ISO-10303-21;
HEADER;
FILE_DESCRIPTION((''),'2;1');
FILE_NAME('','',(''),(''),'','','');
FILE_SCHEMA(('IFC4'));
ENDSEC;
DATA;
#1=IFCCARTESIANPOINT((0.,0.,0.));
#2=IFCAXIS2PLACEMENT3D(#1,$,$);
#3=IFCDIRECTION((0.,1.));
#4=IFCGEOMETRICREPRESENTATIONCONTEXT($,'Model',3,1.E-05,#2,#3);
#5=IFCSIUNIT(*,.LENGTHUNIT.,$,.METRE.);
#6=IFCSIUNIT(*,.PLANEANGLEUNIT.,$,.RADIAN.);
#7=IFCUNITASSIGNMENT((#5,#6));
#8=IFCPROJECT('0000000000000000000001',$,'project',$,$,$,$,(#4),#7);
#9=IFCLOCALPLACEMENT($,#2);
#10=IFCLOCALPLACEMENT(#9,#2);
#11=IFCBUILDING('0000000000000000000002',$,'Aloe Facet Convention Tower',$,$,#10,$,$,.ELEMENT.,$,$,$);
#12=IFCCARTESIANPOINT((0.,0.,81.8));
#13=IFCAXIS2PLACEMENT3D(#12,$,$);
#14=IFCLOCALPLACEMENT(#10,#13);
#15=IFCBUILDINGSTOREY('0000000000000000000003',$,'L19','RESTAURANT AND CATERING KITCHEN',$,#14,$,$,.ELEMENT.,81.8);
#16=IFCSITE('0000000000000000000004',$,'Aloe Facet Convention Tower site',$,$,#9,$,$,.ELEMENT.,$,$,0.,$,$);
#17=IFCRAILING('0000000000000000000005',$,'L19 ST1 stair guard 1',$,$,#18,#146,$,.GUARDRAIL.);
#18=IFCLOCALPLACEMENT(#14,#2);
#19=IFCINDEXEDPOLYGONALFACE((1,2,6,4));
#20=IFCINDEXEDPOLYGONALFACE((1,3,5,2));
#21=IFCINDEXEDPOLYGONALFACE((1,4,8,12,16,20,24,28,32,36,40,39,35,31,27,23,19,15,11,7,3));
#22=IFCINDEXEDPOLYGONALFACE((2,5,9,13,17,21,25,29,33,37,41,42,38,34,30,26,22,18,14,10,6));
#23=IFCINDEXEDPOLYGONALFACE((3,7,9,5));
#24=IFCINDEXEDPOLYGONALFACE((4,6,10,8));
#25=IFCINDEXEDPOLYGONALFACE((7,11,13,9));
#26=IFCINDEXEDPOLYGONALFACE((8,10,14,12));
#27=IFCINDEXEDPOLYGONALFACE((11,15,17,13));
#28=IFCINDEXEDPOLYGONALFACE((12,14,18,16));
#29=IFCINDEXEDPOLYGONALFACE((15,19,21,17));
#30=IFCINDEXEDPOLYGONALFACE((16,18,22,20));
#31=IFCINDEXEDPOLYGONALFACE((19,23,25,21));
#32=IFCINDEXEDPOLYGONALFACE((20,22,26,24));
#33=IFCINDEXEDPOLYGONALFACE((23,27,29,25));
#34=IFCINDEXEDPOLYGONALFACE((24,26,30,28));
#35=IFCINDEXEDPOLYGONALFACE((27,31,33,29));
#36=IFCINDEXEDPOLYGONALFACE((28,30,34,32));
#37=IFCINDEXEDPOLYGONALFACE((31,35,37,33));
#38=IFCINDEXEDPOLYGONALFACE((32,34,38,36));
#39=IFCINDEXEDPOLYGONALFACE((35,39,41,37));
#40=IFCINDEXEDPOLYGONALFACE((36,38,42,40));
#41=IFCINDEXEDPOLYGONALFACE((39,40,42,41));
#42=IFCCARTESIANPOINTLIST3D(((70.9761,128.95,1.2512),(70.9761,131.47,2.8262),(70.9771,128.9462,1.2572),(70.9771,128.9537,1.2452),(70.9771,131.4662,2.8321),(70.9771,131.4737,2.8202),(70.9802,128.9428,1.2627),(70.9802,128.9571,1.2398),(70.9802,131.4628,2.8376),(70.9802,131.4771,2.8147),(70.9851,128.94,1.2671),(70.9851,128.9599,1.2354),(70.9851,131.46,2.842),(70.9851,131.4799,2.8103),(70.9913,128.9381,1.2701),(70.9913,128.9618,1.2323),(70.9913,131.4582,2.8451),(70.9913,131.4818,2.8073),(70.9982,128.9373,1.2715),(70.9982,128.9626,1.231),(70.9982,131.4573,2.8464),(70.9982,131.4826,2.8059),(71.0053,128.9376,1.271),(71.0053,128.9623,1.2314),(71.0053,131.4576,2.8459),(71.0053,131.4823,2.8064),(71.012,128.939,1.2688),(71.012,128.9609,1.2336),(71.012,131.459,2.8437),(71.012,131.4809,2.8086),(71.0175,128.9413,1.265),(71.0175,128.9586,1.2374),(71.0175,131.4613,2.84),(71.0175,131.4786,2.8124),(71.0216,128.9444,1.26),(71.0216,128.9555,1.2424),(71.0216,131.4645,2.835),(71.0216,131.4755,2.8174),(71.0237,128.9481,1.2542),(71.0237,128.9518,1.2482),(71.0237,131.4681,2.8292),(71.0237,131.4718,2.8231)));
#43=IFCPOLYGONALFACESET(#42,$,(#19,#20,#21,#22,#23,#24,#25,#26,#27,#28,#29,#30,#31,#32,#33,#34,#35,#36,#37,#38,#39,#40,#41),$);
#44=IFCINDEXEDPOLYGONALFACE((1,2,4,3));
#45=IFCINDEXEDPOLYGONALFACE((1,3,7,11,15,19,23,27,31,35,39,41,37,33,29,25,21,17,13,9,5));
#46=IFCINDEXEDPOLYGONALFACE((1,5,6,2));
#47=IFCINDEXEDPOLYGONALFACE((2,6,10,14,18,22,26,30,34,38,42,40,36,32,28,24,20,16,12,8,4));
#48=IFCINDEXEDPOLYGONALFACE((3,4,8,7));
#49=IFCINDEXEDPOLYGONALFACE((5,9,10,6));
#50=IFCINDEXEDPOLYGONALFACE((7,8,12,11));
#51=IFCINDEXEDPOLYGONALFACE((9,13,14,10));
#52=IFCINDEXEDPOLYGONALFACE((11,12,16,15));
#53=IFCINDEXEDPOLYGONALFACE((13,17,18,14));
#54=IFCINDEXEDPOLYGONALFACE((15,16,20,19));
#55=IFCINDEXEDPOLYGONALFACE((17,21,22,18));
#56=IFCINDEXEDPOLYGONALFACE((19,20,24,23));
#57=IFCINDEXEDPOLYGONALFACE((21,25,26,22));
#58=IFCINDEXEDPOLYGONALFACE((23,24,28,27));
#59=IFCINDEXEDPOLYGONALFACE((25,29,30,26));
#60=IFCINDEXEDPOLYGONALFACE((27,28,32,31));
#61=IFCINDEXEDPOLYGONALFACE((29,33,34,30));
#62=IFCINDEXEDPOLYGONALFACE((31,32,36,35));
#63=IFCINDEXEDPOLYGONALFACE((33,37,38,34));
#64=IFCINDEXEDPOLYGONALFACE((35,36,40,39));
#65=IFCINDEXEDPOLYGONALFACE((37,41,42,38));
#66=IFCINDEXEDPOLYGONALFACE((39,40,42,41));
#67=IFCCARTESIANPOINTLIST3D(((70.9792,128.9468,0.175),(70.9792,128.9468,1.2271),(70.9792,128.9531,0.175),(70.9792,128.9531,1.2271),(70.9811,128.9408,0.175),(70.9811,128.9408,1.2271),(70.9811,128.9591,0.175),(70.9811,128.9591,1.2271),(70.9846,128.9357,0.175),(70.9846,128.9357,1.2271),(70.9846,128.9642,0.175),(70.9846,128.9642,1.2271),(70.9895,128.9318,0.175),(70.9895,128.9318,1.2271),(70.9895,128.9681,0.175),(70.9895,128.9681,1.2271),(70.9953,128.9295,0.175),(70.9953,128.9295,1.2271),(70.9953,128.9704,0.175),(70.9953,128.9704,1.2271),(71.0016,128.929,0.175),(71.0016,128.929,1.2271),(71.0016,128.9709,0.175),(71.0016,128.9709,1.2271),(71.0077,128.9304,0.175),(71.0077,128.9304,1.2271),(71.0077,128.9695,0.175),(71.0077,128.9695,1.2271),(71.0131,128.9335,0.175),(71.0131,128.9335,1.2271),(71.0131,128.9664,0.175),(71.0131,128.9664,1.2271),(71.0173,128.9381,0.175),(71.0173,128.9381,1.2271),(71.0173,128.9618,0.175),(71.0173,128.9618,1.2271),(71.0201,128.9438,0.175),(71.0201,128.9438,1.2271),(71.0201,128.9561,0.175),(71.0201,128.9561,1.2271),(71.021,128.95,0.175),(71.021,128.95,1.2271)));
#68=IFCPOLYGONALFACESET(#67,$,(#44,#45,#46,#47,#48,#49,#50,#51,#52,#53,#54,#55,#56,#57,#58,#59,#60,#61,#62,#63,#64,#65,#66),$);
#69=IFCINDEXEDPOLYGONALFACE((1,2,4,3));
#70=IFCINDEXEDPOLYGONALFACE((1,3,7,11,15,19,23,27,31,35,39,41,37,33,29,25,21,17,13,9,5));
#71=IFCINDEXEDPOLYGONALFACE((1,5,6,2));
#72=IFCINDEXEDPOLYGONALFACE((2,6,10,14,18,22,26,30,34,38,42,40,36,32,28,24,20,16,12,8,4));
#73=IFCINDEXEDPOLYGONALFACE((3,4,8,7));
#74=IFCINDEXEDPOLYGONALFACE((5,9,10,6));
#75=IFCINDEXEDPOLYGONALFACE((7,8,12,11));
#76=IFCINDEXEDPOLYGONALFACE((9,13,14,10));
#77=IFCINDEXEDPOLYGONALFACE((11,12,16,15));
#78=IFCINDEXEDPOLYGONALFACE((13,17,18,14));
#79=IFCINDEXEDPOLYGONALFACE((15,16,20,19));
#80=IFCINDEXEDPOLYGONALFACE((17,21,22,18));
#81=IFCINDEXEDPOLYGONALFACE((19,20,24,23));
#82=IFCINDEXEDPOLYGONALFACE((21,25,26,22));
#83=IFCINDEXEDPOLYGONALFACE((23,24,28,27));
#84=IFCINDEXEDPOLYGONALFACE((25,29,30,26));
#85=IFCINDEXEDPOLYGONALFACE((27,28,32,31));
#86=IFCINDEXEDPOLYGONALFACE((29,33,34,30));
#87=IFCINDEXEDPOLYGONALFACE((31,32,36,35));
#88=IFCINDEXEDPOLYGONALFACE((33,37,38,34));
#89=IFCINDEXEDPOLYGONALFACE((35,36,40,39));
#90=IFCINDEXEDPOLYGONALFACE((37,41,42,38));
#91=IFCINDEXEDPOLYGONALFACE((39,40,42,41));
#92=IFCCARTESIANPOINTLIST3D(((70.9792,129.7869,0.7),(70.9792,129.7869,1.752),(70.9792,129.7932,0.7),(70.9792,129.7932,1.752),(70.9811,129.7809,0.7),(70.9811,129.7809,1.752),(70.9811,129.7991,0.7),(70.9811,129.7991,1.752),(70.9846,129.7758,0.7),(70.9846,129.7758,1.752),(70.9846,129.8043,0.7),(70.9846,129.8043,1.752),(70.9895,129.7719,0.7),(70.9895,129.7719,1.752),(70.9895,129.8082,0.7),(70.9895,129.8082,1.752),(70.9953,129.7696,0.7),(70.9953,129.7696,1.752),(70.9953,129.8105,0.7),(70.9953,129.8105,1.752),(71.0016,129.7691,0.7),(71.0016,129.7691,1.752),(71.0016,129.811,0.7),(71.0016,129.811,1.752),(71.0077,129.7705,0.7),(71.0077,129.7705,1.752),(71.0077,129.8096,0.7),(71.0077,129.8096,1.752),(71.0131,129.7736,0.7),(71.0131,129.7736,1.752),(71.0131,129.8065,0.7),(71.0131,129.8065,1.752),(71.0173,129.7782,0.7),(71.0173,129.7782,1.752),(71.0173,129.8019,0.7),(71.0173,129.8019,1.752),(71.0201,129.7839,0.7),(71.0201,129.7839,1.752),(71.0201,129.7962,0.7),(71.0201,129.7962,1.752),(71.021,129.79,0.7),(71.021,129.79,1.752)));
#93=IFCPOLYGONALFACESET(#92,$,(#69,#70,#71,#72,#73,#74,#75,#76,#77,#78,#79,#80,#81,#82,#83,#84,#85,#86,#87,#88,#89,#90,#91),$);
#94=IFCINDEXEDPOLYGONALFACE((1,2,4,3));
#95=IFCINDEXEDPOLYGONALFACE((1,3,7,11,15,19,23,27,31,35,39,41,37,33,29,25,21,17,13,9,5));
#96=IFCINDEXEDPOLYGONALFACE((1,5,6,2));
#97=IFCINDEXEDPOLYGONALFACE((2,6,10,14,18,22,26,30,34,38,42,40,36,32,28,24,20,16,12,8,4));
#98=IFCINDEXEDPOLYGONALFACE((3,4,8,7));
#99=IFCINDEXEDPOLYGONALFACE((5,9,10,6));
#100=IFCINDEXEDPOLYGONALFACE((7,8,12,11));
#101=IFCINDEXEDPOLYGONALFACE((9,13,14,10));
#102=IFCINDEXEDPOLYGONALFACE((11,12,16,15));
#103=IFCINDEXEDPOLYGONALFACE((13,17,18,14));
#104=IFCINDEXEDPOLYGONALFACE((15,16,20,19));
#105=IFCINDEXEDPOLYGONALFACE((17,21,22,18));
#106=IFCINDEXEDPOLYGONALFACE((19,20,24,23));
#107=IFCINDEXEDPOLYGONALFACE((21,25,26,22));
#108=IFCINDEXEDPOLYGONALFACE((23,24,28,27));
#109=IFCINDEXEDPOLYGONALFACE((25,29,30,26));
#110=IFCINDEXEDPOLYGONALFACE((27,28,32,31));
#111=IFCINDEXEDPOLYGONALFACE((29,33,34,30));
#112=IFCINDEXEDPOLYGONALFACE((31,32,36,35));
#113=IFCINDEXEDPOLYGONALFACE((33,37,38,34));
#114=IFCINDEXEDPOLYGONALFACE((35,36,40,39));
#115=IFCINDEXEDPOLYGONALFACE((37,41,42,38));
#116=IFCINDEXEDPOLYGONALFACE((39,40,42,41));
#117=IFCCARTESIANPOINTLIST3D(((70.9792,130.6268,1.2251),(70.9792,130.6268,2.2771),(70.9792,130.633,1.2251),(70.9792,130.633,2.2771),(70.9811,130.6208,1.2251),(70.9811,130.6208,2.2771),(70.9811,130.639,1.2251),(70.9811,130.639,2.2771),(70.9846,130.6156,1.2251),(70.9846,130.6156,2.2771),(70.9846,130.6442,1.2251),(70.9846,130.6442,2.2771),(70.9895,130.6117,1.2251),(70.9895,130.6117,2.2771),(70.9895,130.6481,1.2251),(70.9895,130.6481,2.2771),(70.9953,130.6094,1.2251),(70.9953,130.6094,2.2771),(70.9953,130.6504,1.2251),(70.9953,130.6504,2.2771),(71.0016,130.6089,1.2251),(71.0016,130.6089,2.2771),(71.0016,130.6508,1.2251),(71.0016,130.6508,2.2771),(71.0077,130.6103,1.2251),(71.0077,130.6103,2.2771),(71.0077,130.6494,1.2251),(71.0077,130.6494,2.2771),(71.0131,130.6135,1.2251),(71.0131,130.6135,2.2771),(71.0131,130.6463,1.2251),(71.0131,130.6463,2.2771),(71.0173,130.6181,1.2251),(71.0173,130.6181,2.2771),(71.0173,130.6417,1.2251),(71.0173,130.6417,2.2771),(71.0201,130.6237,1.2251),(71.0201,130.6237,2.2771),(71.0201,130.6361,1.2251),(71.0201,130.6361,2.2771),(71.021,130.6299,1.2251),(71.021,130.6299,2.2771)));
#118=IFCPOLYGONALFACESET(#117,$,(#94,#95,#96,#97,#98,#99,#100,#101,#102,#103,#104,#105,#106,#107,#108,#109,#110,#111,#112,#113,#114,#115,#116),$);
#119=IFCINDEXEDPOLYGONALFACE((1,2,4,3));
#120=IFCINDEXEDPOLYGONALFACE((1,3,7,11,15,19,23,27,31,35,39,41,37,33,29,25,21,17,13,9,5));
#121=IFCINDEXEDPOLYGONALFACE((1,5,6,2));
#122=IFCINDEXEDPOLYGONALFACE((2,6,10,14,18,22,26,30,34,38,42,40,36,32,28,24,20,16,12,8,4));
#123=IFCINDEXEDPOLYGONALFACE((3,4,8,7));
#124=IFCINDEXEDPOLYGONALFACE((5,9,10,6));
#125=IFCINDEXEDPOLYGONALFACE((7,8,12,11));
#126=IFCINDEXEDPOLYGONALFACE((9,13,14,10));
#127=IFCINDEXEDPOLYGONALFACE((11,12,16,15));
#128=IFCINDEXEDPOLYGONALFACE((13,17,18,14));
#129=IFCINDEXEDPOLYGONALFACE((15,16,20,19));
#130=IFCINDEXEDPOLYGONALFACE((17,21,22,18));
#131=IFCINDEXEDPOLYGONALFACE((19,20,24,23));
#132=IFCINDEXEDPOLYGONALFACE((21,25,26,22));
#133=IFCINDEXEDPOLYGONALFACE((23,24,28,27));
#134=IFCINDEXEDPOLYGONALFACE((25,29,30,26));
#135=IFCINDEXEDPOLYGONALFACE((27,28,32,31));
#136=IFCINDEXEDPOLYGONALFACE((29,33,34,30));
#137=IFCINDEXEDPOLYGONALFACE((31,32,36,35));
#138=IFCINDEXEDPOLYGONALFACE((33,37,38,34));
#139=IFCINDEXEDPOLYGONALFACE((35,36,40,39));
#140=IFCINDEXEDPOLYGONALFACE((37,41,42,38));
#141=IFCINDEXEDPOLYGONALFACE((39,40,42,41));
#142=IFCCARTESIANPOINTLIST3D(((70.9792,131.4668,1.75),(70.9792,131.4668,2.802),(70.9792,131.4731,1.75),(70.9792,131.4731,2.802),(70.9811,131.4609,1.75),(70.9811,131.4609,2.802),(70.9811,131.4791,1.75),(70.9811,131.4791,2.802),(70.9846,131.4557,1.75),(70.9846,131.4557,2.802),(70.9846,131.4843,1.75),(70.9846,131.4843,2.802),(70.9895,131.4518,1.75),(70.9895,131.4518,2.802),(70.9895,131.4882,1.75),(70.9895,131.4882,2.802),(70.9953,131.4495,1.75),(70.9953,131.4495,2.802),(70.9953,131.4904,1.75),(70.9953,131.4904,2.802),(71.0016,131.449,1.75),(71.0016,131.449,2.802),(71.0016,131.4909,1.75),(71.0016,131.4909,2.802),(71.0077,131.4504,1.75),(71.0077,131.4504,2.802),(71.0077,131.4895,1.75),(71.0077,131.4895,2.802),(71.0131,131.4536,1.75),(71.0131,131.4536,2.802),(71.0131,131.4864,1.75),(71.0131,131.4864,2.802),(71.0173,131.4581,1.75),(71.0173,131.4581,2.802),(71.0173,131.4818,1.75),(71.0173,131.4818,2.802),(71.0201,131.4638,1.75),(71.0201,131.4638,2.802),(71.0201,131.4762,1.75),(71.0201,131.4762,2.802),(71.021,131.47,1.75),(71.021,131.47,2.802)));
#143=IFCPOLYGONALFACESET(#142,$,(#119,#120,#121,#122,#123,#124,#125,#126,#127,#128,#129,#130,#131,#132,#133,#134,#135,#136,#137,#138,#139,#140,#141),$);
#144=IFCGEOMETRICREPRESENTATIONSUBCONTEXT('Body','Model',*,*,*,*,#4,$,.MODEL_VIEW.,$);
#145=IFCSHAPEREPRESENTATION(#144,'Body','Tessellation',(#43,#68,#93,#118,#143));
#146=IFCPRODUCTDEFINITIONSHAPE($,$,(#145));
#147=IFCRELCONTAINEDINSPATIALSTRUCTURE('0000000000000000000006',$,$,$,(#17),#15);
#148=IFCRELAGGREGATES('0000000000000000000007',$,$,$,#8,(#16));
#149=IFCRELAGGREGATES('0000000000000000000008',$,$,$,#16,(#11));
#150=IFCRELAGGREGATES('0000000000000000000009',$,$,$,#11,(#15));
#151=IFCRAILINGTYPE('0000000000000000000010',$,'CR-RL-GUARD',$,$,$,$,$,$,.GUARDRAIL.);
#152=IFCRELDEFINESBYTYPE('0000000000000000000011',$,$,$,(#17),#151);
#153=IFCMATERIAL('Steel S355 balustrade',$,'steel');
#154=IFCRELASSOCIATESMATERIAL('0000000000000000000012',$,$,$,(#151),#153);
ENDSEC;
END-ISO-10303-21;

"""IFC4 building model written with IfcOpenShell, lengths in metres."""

from ifc_helpers import new_model, si_unit, direction, frame, origin, origin_2d, place, context, subcontext, project, spatial, circle, extrude, material, type_object, element, save


model = new_model("IFC4")

# Units and contexts
model_context = context("Model", 3, precision=1e-05, world=origin(), true_north=direction((0.0, 1.0)))
body_context = subcontext(model_context, "Body", "Model", "MODEL_VIEW")
ifc_project = project(units=[si_unit("LENGTHUNIT", "METRE"), si_unit("PLANEANGLEUNIT", "RADIAN")], contexts=[model_context])

# Site, building, storey
site_placement = place(None, origin())
site = spatial("IfcSite", under=ifc_project, at=site_placement, Name="Aloe Facet Convention Tower site", CompositionType="ELEMENT", RefElevation=0.0)
building_placement = place(site_placement, origin())
building = spatial("IfcBuilding", under=site, at=building_placement, Name="Aloe Facet Convention Tower", CompositionType="ELEMENT")
storey_placement = place(building_placement, frame((0.0, 0.0, 81.8)))
storey = spatial("IfcBuildingStorey", under=building, at=storey_placement, Name="L19", Description="RESTAURANT AND CATERING KITCHEN", CompositionType="ELEMENT", Elevation=81.8)

# Railing
ifc_material_1 = material(Name="Steel S355 balustrade", Category="steel")
railing_type_1 = type_object("IfcRailingType", Name="CR-RL-GUARD", PredefinedType="GUARDRAIL", material=ifc_material_1)
railing_1_placement = place(storey_placement, frame((71.0, 128.95, 0.175)))
element("IfcRailing", 1, at=railing_1_placement, inside=storey, type_object=railing_type_1, Name="L19 ST1 stair guard 1", PredefinedType="GUARDRAIL", context=body_context, shape_type="SweptSolid", body=[
    extrude(circle(Radius=0.0239, at=origin_2d()), frame((0.0, 0.0, 1.0762), z_axis=(0.0, 0.848008, 0.529984), x_axis=(-1.0, 0.0, 0.0)), (0.0, 0.0, 1.0), 2.9717),
    extrude(circle(Radius=0.021, at=origin_2d()), origin(), (0.0, 0.0, 1.0), 1.052),
    extrude(circle(Radius=0.021, at=origin_2d()), frame((0.0, 0.8401, 0.5249)), (0.0, 0.0, 1.0), 1.052),
    extrude(circle(Radius=0.021, at=origin_2d()), frame((0.0, 1.6799, 1.05)), (0.0, 0.0, 1.0), 1.052),
    extrude(circle(Radius=0.021, at=origin_2d()), frame((0.0, 2.52, 1.575)), (0.0, 0.0, 1.0), 1.052),
])

save(model, "model.ifc")
